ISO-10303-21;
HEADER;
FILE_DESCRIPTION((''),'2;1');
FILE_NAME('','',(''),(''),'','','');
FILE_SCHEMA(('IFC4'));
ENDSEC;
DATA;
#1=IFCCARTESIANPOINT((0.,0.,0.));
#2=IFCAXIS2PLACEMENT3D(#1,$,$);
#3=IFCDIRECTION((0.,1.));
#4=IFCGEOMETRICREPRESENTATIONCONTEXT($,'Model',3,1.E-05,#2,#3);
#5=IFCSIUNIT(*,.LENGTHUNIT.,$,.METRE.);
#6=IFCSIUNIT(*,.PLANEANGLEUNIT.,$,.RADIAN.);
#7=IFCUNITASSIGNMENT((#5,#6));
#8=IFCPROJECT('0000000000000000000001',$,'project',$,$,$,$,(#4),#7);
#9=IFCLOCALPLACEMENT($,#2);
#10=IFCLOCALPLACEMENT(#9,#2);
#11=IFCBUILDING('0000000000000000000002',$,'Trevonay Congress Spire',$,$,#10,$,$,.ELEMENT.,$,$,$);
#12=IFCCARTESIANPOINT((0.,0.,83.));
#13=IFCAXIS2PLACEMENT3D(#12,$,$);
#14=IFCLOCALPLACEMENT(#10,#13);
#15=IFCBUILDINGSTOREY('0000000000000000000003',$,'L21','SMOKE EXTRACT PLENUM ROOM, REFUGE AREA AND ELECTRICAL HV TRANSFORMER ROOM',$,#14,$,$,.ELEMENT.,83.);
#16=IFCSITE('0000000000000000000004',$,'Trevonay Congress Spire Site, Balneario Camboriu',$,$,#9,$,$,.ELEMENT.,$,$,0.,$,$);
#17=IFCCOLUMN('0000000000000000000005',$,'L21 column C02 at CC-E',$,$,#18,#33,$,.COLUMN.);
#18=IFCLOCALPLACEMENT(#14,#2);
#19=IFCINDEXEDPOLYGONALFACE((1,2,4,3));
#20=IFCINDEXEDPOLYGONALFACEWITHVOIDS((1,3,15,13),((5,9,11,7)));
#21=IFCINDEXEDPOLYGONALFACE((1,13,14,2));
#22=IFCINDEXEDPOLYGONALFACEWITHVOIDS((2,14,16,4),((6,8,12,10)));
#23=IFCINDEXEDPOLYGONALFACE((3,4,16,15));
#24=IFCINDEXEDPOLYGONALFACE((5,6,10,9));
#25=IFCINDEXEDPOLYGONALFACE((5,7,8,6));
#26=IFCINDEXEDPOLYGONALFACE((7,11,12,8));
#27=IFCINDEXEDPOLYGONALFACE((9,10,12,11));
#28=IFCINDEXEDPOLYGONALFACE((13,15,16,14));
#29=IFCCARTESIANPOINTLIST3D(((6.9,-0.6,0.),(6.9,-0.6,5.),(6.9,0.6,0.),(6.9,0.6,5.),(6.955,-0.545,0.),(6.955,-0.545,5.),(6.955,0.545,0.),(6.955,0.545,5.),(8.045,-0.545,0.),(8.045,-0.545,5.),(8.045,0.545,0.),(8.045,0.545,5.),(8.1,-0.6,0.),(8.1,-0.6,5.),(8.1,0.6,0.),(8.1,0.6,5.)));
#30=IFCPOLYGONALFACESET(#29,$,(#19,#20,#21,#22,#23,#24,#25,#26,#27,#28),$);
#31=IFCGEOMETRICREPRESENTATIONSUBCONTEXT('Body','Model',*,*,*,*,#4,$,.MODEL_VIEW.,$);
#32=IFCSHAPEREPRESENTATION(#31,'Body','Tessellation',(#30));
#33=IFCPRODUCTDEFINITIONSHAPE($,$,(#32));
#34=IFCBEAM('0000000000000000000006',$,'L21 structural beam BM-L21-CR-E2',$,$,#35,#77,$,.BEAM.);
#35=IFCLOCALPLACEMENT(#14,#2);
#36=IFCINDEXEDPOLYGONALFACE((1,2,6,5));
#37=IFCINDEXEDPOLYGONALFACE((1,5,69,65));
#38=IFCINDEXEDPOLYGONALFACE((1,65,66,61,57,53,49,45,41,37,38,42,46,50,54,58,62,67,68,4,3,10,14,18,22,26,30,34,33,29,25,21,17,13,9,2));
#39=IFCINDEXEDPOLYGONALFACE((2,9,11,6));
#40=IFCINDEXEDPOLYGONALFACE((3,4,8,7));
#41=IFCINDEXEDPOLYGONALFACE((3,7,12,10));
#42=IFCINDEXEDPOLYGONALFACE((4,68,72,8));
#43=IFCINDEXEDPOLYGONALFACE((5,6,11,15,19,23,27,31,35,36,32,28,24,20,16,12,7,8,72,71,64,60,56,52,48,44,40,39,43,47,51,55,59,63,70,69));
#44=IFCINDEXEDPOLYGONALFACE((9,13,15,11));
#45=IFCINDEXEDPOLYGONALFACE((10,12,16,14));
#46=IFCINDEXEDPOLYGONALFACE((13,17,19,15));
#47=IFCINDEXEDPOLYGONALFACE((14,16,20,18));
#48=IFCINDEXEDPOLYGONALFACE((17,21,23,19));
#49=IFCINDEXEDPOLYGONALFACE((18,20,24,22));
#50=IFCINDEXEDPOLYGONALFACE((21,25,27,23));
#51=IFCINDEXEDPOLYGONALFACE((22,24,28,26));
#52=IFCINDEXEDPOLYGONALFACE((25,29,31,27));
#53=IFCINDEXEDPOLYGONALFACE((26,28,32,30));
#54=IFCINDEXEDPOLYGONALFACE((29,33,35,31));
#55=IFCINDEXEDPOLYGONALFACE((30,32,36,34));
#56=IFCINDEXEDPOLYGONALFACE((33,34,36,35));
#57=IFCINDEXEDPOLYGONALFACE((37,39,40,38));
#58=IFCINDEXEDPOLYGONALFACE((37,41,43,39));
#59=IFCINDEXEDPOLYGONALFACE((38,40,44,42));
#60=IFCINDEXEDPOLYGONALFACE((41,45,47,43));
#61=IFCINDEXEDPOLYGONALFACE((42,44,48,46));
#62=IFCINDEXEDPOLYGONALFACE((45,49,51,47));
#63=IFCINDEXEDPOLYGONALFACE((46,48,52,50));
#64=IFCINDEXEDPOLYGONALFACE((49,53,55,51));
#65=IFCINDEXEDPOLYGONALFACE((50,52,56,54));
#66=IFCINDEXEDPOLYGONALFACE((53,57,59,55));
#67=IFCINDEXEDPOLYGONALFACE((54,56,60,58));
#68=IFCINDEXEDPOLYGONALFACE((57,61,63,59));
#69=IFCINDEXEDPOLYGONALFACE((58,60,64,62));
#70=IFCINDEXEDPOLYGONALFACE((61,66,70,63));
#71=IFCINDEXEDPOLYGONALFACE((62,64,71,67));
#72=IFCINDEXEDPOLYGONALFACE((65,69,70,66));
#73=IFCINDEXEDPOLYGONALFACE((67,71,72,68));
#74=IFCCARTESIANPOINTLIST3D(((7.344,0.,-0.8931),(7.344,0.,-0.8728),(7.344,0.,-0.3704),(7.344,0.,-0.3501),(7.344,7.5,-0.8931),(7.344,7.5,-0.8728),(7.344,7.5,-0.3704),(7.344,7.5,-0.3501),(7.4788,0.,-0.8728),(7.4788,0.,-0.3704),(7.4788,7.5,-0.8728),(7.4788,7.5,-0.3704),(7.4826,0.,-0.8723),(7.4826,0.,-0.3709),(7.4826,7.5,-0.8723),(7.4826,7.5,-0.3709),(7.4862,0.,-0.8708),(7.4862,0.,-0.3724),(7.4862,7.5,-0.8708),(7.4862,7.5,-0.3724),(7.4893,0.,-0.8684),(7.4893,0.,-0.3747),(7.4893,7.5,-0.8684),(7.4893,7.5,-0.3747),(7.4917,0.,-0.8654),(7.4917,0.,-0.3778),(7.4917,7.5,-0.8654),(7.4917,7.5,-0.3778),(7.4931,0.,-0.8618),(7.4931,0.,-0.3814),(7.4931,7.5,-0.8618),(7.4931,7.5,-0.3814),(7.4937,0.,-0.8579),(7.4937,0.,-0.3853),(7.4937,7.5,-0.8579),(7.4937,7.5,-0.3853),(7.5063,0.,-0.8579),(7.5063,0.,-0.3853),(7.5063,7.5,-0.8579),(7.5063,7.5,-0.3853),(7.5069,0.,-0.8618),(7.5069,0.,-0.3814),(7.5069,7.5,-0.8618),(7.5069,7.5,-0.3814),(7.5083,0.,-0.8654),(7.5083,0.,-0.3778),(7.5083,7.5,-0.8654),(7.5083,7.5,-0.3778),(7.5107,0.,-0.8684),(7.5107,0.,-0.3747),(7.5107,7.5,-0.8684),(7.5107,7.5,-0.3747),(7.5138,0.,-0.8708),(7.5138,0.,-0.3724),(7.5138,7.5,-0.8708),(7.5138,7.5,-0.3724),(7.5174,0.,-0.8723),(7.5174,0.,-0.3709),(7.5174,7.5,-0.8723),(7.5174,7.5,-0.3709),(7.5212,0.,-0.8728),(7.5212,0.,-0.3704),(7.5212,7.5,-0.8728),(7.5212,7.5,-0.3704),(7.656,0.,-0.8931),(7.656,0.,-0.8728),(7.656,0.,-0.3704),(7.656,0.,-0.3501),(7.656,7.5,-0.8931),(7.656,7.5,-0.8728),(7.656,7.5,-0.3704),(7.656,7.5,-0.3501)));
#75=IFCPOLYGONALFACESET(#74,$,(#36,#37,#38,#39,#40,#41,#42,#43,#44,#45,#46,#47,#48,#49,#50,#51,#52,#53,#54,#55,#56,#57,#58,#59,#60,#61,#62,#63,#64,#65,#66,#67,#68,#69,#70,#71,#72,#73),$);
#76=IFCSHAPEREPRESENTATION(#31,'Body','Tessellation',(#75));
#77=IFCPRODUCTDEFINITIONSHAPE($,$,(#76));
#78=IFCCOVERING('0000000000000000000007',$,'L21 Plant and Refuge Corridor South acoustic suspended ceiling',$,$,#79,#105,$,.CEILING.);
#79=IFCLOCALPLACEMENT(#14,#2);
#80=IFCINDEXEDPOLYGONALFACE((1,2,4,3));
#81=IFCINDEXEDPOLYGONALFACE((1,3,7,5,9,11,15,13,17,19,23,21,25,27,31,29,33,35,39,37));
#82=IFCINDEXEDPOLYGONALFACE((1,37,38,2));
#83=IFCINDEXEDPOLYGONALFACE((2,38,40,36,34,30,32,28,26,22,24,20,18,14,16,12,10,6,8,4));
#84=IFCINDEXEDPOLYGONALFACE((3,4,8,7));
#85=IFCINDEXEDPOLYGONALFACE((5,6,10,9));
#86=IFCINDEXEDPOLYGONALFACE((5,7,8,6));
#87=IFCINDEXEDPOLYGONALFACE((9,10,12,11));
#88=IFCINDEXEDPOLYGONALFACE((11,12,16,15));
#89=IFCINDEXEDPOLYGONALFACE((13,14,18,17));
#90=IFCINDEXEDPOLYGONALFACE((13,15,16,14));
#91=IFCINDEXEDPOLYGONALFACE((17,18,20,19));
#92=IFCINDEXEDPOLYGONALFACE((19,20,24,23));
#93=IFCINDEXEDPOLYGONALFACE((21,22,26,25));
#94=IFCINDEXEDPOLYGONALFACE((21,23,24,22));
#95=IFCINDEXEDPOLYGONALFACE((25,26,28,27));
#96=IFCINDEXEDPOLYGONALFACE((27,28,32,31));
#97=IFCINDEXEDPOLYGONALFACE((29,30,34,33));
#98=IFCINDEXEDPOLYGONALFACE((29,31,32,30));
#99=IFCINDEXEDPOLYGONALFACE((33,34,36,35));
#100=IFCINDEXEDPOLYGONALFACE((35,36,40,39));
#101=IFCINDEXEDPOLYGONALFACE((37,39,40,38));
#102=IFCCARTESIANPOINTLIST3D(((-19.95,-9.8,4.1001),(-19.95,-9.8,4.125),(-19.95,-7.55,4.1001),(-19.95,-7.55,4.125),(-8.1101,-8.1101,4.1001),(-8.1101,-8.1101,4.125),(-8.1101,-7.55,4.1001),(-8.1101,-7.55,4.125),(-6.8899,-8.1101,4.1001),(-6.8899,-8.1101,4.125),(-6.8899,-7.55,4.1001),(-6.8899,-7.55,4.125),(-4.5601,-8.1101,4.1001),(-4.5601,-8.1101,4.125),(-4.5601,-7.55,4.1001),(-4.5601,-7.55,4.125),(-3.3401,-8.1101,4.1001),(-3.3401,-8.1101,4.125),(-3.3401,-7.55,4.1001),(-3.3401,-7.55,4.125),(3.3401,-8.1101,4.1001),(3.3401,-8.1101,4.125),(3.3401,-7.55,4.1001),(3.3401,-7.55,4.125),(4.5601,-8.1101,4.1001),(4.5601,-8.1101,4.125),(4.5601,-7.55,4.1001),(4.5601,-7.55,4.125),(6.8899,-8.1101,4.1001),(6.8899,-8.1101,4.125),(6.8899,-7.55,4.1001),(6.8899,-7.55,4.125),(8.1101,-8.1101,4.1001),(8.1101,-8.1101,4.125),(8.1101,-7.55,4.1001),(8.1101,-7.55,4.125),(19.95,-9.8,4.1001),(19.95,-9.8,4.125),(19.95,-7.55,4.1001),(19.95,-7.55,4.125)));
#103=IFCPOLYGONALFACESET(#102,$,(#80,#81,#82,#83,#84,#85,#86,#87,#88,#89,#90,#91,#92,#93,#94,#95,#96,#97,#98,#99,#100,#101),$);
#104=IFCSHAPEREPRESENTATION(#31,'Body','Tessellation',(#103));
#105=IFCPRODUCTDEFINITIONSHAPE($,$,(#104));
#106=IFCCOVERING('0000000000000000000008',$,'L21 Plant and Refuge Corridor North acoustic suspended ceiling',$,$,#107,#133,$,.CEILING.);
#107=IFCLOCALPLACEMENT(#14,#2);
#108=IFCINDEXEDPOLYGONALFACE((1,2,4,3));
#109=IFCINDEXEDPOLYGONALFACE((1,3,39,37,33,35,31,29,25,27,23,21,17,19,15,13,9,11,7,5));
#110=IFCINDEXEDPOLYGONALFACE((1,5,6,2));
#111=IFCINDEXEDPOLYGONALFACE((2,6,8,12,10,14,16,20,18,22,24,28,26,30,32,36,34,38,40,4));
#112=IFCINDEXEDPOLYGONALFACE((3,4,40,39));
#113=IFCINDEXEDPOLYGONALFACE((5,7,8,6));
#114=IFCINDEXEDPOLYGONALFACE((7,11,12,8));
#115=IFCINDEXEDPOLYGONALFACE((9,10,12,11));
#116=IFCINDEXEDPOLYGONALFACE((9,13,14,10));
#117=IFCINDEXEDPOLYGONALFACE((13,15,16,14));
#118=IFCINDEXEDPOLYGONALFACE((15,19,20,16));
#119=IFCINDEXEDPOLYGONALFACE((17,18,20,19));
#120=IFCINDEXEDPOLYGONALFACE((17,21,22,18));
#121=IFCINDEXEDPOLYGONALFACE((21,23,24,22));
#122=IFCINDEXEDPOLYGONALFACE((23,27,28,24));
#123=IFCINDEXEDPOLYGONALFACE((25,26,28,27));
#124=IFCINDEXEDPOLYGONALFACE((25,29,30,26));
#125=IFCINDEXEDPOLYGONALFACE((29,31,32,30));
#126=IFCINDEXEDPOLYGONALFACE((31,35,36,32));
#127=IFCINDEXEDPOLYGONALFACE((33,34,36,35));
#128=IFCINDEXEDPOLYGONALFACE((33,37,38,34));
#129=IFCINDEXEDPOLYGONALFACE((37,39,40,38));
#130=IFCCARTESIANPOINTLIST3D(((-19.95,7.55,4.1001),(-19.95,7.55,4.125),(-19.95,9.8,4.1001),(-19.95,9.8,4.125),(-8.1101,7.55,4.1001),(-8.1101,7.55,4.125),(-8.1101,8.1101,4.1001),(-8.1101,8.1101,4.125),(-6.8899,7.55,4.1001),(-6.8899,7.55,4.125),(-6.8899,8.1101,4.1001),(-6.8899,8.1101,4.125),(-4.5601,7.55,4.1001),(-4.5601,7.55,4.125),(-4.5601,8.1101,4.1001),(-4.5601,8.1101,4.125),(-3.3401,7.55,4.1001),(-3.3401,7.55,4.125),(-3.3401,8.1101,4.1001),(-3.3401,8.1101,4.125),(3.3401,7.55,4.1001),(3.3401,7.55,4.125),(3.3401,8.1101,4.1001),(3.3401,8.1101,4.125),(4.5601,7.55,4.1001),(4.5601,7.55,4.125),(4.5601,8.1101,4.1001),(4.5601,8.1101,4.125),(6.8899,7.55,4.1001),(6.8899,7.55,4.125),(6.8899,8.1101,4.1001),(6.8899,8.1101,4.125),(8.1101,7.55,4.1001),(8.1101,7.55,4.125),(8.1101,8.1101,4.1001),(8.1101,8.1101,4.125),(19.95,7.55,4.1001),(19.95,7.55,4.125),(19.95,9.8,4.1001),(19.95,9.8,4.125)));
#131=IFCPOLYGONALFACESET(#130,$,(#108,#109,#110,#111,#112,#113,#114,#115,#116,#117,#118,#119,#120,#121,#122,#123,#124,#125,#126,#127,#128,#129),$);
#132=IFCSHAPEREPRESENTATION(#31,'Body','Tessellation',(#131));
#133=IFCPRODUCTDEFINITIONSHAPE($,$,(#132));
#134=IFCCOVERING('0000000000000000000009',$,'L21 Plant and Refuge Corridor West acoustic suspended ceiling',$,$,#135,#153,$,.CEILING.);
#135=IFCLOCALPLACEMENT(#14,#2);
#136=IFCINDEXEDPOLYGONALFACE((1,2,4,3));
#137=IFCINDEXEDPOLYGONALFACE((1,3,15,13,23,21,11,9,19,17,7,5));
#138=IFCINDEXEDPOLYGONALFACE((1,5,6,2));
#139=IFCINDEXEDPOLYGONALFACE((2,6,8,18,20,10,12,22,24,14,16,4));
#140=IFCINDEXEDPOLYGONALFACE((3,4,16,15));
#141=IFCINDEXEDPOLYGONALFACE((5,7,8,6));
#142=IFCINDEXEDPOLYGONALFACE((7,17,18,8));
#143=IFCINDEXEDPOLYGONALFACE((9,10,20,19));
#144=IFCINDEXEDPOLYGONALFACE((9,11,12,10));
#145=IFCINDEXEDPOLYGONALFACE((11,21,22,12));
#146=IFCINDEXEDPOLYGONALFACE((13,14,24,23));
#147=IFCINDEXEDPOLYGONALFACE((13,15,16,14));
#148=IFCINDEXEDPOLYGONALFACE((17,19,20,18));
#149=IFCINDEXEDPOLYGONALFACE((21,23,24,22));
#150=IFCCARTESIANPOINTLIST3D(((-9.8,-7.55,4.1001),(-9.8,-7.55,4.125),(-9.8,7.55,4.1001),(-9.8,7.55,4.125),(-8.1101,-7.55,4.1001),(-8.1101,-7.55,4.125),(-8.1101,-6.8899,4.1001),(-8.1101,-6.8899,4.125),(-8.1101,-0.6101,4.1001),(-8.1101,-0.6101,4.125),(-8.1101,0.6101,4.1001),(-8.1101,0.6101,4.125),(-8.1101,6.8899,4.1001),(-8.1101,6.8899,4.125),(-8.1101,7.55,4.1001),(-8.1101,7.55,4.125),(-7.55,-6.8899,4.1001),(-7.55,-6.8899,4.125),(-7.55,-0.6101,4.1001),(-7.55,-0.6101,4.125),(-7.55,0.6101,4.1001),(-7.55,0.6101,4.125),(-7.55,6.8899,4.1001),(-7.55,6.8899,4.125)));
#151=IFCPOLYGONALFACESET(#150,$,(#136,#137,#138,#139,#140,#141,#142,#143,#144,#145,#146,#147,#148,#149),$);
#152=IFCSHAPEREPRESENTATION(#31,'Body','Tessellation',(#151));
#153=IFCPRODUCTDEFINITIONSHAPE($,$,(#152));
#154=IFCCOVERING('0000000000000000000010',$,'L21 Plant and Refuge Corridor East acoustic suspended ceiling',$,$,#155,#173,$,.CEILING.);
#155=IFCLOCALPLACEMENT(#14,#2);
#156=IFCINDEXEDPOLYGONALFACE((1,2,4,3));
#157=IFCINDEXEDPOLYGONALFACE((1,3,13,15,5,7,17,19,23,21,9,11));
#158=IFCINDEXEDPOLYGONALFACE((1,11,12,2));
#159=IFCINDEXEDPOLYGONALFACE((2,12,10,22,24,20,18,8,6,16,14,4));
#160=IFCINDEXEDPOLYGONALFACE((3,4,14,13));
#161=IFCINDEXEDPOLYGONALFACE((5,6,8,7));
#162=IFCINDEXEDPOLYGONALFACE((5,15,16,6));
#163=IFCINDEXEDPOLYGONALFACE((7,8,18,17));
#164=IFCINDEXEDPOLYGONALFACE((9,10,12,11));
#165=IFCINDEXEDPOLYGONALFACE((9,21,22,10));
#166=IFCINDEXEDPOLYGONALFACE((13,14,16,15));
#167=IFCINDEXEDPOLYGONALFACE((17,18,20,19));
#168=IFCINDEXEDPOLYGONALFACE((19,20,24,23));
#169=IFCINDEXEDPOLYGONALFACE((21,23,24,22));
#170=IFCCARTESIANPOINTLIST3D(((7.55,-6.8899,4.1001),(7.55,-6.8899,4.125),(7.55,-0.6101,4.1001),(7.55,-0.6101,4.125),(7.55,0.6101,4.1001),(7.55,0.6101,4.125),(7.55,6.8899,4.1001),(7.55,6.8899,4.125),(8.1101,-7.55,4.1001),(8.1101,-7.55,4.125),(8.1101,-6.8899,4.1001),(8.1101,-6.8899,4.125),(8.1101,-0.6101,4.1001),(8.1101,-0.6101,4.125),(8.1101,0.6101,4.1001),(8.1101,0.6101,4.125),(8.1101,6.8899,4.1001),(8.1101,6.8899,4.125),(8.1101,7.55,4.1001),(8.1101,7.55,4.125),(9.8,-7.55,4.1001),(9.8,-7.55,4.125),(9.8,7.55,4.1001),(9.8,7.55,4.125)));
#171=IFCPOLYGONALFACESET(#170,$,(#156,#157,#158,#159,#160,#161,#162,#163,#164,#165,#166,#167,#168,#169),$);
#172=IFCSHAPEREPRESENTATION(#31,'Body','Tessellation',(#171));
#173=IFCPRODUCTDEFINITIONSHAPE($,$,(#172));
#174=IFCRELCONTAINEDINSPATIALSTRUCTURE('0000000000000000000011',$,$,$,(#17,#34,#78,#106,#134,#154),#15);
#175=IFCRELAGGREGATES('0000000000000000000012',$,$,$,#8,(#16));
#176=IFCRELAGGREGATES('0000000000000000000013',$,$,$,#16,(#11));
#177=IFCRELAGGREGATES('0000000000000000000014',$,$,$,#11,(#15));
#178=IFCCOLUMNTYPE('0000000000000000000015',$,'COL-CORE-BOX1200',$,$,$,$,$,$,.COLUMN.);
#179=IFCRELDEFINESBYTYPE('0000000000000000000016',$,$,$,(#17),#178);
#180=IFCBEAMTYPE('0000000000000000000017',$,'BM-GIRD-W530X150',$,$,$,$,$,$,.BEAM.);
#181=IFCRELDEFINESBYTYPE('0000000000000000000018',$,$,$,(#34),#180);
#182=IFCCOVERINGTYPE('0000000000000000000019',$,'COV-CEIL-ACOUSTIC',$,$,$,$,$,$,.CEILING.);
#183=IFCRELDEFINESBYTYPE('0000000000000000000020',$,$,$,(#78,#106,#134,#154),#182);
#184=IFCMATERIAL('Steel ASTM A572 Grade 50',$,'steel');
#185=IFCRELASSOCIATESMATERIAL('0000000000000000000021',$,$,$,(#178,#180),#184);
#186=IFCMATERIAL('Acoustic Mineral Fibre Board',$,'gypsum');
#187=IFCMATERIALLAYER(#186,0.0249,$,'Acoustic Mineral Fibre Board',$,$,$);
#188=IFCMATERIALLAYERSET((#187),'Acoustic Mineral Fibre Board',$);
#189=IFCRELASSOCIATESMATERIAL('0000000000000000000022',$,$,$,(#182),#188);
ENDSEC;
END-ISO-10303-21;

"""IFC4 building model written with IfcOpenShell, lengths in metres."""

from ifc_helpers import new_model, si_unit, direction, frame, origin, origin_2d, place, context, subcontext, project, spatial, polyline, hollow_rectangle, i_section, outline, extrude, material, layer, layer_set, material_profile, profile_set, type_object, element, save


model = new_model("IFC4")

# Units and contexts
model_context = context("Model", 3, precision=1e-05, world=origin(), true_north=direction((0.0, 1.0)))
body_context = subcontext(model_context, "Body", "Model", "MODEL_VIEW")
ifc_project = project(units=[si_unit("LENGTHUNIT", "METRE"), si_unit("PLANEANGLEUNIT", "RADIAN")], contexts=[model_context])

# Site, building, storey
site_placement = place(None, origin())
site = spatial("IfcSite", under=ifc_project, at=site_placement, Name="Trevonay Congress Spire Site, Balneario Camboriu", CompositionType="ELEMENT", RefElevation=0.0)
building_placement = place(site_placement, origin())
building = spatial("IfcBuilding", under=site, at=building_placement, Name="Trevonay Congress Spire", CompositionType="ELEMENT")
storey_placement = place(building_placement, frame((0.0, 0.0, 83.0)))
storey = spatial("IfcBuildingStorey", under=building, at=storey_placement, Name="L21", Description="SMOKE EXTRACT PLENUM ROOM, REFUGE AREA AND ELECTRICAL HV TRANSFORMER ROOM", CompositionType="ELEMENT", Elevation=83.0)

# Column
ifc_material_1 = material(Name="Steel ASTM A572 Grade 50", Category="steel")
ifc_material_profile_1 = material_profile(ifc_material_1, hollow_rectangle(XDim=1.2, YDim=1.2, WallThickness=0.0549, at=origin_2d()), Name="BOX 1200x1200x55")
ifc_profile_set_1 = profile_set([ifc_material_profile_1], Name="Steel ASTM A572 Grade 50")
column_type = type_object("IfcColumnType", Name="COL-CORE-BOX1200", PredefinedType="COLUMN", material=ifc_profile_set_1)
column_placement = place(storey_placement, frame((7.5, 0.0, 0.0), z_axis=(0.0, 0.0, 1.0), x_axis=(1.0, 0.0, 0.0)))
element("IfcColumn", 1, at=column_placement, inside=storey, type_object=column_type, Name="L21 column C02 at CC-E", PredefinedType="COLUMN", context=body_context, shape_type="SweptSolid", body=[
    extrude(hollow_rectangle(XDim=1.2, YDim=1.2, WallThickness=0.0549, at=origin_2d()), origin(), (0.0, 0.0, 1.0), 5.0),
])

# Beam
ifc_material_profile_2 = material_profile(ifc_material_1, i_section(OverallWidth=0.312, OverallDepth=0.543, WebThickness=0.0127, FlangeThickness=0.0203, FilletRadius=0.0149, at=origin_2d()), Name="W530x150")
ifc_profile_set_2 = profile_set([ifc_material_profile_2], Name="Steel ASTM A572 Grade 50")
beam_type = type_object("IfcBeamType", Name="BM-GIRD-W530X150", PredefinedType="BEAM", material=ifc_profile_set_2)
beam_placement = place(storey_placement, frame((7.5, 0.0, -0.6216), z_axis=(0.0, 1.0, 0.0), x_axis=(-1.0, 0.0, 0.0)))
element("IfcBeam", 2, at=beam_placement, inside=storey, type_object=beam_type, Name="L21 structural beam BM-L21-CR-E2", PredefinedType="BEAM", context=body_context, shape_type="SweptSolid", body=[
    extrude(i_section(OverallWidth=0.312, OverallDepth=0.543, WebThickness=0.0127, FlangeThickness=0.0203, FilletRadius=0.0149, at=origin_2d()), origin(), (0.0, 0.0, 1.0), 7.5),
])

# Coverings
ifc_material_2 = material(Name="Acoustic Mineral Fibre Board", Category="gypsum")
ifc_layer_1 = layer(ifc_material_2, 0.0249, Name="Acoustic Mineral Fibre Board")
ifc_layer_set_1 = layer_set([ifc_layer_1], Name="Acoustic Mineral Fibre Board")
covering_type_1 = type_object("IfcCoveringType", Name="COV-CEIL-ACOUSTIC", PredefinedType="CEILING", material=ifc_layer_set_1)
covering_1_placement = place(storey_placement, frame((0.0, 0.0, 4.1001)))
element("IfcCovering", 3, at=covering_1_placement, inside=storey, type_object=covering_type_1, Name="L21 Plant and Refuge Corridor South acoustic suspended ceiling", PredefinedType="CEILING", context=body_context, shape_type="SweptSolid", body=[
    extrude(outline(polyline([(19.95, -7.55), (19.95, -9.8), (-19.95, -9.8), (-19.95, -7.55), (-8.1101, -7.55), (-8.1101, -8.1101), (-6.8899, -8.1101), (-6.8899, -7.55), (-4.5601, -7.55), (-4.5601, -8.1101), (-3.3401, -8.1101), (-3.3401, -7.55), (3.3401, -7.55), (3.3401, -8.1101), (4.5601, -8.1101), (4.5601, -7.55), (6.8899, -7.55), (6.8899, -8.1101), (8.1101, -8.1101), (8.1101, -7.55), (19.95, -7.55)])), origin(), (0.0, 0.0, 1.0), 0.0249),
])
covering_2_placement = place(storey_placement, frame((0.0, 0.0, 4.1001)))
element("IfcCovering", 4, at=covering_2_placement, inside=storey, type_object=covering_type_1, Name="L21 Plant and Refuge Corridor North acoustic suspended ceiling", PredefinedType="CEILING", context=body_context, shape_type="SweptSolid", body=[
    extrude(outline(polyline([(-19.95, 7.55), (-19.95, 9.8), (19.95, 9.8), (19.95, 7.55), (8.1101, 7.55), (8.1101, 8.1101), (6.8899, 8.1101), (6.8899, 7.55), (4.5601, 7.55), (4.5601, 8.1101), (3.3401, 8.1101), (3.3401, 7.55), (-3.3401, 7.55), (-3.3401, 8.1101), (-4.5601, 8.1101), (-4.5601, 7.55), (-6.8899, 7.55), (-6.8899, 8.1101), (-8.1101, 8.1101), (-8.1101, 7.55), (-19.95, 7.55)])), origin(), (0.0, 0.0, 1.0), 0.0249),
])
covering_3_placement = place(storey_placement, frame((0.0, 0.0, 4.1001)))
element("IfcCovering", 5, at=covering_3_placement, inside=storey, type_object=covering_type_1, Name="L21 Plant and Refuge Corridor West acoustic suspended ceiling", PredefinedType="CEILING", context=body_context, shape_type="SweptSolid", body=[
    extrude(outline(polyline([(-9.8, 7.55), (-8.1101, 7.55), (-8.1101, 6.8899), (-7.55, 6.8899), (-7.55, 0.6101), (-8.1101, 0.6101), (-8.1101, -0.6101), (-7.55, -0.6101), (-7.55, -6.8899), (-8.1101, -6.8899), (-8.1101, -7.55), (-9.8, -7.55), (-9.8, 7.55)])), origin(), (0.0, 0.0, 1.0), 0.0249),
])
covering_4_placement = place(storey_placement, frame((0.0, 0.0, 4.1001)))
element("IfcCovering", 6, at=covering_4_placement, inside=storey, type_object=covering_type_1, Name="L21 Plant and Refuge Corridor East acoustic suspended ceiling", PredefinedType="CEILING", context=body_context, shape_type="SweptSolid", body=[
    extrude(outline(polyline([(9.8, -7.55), (8.1101, -7.55), (8.1101, -6.8899), (7.55, -6.8899), (7.55, -0.6101), (8.1101, -0.6101), (8.1101, 0.6101), (7.55, 0.6101), (7.55, 6.8899), (8.1101, 6.8899), (8.1101, 7.55), (9.8, 7.55), (9.8, -7.55)])), origin(), (0.0, 0.0, 1.0), 0.0249),
])

save(model, "model.ifc")
